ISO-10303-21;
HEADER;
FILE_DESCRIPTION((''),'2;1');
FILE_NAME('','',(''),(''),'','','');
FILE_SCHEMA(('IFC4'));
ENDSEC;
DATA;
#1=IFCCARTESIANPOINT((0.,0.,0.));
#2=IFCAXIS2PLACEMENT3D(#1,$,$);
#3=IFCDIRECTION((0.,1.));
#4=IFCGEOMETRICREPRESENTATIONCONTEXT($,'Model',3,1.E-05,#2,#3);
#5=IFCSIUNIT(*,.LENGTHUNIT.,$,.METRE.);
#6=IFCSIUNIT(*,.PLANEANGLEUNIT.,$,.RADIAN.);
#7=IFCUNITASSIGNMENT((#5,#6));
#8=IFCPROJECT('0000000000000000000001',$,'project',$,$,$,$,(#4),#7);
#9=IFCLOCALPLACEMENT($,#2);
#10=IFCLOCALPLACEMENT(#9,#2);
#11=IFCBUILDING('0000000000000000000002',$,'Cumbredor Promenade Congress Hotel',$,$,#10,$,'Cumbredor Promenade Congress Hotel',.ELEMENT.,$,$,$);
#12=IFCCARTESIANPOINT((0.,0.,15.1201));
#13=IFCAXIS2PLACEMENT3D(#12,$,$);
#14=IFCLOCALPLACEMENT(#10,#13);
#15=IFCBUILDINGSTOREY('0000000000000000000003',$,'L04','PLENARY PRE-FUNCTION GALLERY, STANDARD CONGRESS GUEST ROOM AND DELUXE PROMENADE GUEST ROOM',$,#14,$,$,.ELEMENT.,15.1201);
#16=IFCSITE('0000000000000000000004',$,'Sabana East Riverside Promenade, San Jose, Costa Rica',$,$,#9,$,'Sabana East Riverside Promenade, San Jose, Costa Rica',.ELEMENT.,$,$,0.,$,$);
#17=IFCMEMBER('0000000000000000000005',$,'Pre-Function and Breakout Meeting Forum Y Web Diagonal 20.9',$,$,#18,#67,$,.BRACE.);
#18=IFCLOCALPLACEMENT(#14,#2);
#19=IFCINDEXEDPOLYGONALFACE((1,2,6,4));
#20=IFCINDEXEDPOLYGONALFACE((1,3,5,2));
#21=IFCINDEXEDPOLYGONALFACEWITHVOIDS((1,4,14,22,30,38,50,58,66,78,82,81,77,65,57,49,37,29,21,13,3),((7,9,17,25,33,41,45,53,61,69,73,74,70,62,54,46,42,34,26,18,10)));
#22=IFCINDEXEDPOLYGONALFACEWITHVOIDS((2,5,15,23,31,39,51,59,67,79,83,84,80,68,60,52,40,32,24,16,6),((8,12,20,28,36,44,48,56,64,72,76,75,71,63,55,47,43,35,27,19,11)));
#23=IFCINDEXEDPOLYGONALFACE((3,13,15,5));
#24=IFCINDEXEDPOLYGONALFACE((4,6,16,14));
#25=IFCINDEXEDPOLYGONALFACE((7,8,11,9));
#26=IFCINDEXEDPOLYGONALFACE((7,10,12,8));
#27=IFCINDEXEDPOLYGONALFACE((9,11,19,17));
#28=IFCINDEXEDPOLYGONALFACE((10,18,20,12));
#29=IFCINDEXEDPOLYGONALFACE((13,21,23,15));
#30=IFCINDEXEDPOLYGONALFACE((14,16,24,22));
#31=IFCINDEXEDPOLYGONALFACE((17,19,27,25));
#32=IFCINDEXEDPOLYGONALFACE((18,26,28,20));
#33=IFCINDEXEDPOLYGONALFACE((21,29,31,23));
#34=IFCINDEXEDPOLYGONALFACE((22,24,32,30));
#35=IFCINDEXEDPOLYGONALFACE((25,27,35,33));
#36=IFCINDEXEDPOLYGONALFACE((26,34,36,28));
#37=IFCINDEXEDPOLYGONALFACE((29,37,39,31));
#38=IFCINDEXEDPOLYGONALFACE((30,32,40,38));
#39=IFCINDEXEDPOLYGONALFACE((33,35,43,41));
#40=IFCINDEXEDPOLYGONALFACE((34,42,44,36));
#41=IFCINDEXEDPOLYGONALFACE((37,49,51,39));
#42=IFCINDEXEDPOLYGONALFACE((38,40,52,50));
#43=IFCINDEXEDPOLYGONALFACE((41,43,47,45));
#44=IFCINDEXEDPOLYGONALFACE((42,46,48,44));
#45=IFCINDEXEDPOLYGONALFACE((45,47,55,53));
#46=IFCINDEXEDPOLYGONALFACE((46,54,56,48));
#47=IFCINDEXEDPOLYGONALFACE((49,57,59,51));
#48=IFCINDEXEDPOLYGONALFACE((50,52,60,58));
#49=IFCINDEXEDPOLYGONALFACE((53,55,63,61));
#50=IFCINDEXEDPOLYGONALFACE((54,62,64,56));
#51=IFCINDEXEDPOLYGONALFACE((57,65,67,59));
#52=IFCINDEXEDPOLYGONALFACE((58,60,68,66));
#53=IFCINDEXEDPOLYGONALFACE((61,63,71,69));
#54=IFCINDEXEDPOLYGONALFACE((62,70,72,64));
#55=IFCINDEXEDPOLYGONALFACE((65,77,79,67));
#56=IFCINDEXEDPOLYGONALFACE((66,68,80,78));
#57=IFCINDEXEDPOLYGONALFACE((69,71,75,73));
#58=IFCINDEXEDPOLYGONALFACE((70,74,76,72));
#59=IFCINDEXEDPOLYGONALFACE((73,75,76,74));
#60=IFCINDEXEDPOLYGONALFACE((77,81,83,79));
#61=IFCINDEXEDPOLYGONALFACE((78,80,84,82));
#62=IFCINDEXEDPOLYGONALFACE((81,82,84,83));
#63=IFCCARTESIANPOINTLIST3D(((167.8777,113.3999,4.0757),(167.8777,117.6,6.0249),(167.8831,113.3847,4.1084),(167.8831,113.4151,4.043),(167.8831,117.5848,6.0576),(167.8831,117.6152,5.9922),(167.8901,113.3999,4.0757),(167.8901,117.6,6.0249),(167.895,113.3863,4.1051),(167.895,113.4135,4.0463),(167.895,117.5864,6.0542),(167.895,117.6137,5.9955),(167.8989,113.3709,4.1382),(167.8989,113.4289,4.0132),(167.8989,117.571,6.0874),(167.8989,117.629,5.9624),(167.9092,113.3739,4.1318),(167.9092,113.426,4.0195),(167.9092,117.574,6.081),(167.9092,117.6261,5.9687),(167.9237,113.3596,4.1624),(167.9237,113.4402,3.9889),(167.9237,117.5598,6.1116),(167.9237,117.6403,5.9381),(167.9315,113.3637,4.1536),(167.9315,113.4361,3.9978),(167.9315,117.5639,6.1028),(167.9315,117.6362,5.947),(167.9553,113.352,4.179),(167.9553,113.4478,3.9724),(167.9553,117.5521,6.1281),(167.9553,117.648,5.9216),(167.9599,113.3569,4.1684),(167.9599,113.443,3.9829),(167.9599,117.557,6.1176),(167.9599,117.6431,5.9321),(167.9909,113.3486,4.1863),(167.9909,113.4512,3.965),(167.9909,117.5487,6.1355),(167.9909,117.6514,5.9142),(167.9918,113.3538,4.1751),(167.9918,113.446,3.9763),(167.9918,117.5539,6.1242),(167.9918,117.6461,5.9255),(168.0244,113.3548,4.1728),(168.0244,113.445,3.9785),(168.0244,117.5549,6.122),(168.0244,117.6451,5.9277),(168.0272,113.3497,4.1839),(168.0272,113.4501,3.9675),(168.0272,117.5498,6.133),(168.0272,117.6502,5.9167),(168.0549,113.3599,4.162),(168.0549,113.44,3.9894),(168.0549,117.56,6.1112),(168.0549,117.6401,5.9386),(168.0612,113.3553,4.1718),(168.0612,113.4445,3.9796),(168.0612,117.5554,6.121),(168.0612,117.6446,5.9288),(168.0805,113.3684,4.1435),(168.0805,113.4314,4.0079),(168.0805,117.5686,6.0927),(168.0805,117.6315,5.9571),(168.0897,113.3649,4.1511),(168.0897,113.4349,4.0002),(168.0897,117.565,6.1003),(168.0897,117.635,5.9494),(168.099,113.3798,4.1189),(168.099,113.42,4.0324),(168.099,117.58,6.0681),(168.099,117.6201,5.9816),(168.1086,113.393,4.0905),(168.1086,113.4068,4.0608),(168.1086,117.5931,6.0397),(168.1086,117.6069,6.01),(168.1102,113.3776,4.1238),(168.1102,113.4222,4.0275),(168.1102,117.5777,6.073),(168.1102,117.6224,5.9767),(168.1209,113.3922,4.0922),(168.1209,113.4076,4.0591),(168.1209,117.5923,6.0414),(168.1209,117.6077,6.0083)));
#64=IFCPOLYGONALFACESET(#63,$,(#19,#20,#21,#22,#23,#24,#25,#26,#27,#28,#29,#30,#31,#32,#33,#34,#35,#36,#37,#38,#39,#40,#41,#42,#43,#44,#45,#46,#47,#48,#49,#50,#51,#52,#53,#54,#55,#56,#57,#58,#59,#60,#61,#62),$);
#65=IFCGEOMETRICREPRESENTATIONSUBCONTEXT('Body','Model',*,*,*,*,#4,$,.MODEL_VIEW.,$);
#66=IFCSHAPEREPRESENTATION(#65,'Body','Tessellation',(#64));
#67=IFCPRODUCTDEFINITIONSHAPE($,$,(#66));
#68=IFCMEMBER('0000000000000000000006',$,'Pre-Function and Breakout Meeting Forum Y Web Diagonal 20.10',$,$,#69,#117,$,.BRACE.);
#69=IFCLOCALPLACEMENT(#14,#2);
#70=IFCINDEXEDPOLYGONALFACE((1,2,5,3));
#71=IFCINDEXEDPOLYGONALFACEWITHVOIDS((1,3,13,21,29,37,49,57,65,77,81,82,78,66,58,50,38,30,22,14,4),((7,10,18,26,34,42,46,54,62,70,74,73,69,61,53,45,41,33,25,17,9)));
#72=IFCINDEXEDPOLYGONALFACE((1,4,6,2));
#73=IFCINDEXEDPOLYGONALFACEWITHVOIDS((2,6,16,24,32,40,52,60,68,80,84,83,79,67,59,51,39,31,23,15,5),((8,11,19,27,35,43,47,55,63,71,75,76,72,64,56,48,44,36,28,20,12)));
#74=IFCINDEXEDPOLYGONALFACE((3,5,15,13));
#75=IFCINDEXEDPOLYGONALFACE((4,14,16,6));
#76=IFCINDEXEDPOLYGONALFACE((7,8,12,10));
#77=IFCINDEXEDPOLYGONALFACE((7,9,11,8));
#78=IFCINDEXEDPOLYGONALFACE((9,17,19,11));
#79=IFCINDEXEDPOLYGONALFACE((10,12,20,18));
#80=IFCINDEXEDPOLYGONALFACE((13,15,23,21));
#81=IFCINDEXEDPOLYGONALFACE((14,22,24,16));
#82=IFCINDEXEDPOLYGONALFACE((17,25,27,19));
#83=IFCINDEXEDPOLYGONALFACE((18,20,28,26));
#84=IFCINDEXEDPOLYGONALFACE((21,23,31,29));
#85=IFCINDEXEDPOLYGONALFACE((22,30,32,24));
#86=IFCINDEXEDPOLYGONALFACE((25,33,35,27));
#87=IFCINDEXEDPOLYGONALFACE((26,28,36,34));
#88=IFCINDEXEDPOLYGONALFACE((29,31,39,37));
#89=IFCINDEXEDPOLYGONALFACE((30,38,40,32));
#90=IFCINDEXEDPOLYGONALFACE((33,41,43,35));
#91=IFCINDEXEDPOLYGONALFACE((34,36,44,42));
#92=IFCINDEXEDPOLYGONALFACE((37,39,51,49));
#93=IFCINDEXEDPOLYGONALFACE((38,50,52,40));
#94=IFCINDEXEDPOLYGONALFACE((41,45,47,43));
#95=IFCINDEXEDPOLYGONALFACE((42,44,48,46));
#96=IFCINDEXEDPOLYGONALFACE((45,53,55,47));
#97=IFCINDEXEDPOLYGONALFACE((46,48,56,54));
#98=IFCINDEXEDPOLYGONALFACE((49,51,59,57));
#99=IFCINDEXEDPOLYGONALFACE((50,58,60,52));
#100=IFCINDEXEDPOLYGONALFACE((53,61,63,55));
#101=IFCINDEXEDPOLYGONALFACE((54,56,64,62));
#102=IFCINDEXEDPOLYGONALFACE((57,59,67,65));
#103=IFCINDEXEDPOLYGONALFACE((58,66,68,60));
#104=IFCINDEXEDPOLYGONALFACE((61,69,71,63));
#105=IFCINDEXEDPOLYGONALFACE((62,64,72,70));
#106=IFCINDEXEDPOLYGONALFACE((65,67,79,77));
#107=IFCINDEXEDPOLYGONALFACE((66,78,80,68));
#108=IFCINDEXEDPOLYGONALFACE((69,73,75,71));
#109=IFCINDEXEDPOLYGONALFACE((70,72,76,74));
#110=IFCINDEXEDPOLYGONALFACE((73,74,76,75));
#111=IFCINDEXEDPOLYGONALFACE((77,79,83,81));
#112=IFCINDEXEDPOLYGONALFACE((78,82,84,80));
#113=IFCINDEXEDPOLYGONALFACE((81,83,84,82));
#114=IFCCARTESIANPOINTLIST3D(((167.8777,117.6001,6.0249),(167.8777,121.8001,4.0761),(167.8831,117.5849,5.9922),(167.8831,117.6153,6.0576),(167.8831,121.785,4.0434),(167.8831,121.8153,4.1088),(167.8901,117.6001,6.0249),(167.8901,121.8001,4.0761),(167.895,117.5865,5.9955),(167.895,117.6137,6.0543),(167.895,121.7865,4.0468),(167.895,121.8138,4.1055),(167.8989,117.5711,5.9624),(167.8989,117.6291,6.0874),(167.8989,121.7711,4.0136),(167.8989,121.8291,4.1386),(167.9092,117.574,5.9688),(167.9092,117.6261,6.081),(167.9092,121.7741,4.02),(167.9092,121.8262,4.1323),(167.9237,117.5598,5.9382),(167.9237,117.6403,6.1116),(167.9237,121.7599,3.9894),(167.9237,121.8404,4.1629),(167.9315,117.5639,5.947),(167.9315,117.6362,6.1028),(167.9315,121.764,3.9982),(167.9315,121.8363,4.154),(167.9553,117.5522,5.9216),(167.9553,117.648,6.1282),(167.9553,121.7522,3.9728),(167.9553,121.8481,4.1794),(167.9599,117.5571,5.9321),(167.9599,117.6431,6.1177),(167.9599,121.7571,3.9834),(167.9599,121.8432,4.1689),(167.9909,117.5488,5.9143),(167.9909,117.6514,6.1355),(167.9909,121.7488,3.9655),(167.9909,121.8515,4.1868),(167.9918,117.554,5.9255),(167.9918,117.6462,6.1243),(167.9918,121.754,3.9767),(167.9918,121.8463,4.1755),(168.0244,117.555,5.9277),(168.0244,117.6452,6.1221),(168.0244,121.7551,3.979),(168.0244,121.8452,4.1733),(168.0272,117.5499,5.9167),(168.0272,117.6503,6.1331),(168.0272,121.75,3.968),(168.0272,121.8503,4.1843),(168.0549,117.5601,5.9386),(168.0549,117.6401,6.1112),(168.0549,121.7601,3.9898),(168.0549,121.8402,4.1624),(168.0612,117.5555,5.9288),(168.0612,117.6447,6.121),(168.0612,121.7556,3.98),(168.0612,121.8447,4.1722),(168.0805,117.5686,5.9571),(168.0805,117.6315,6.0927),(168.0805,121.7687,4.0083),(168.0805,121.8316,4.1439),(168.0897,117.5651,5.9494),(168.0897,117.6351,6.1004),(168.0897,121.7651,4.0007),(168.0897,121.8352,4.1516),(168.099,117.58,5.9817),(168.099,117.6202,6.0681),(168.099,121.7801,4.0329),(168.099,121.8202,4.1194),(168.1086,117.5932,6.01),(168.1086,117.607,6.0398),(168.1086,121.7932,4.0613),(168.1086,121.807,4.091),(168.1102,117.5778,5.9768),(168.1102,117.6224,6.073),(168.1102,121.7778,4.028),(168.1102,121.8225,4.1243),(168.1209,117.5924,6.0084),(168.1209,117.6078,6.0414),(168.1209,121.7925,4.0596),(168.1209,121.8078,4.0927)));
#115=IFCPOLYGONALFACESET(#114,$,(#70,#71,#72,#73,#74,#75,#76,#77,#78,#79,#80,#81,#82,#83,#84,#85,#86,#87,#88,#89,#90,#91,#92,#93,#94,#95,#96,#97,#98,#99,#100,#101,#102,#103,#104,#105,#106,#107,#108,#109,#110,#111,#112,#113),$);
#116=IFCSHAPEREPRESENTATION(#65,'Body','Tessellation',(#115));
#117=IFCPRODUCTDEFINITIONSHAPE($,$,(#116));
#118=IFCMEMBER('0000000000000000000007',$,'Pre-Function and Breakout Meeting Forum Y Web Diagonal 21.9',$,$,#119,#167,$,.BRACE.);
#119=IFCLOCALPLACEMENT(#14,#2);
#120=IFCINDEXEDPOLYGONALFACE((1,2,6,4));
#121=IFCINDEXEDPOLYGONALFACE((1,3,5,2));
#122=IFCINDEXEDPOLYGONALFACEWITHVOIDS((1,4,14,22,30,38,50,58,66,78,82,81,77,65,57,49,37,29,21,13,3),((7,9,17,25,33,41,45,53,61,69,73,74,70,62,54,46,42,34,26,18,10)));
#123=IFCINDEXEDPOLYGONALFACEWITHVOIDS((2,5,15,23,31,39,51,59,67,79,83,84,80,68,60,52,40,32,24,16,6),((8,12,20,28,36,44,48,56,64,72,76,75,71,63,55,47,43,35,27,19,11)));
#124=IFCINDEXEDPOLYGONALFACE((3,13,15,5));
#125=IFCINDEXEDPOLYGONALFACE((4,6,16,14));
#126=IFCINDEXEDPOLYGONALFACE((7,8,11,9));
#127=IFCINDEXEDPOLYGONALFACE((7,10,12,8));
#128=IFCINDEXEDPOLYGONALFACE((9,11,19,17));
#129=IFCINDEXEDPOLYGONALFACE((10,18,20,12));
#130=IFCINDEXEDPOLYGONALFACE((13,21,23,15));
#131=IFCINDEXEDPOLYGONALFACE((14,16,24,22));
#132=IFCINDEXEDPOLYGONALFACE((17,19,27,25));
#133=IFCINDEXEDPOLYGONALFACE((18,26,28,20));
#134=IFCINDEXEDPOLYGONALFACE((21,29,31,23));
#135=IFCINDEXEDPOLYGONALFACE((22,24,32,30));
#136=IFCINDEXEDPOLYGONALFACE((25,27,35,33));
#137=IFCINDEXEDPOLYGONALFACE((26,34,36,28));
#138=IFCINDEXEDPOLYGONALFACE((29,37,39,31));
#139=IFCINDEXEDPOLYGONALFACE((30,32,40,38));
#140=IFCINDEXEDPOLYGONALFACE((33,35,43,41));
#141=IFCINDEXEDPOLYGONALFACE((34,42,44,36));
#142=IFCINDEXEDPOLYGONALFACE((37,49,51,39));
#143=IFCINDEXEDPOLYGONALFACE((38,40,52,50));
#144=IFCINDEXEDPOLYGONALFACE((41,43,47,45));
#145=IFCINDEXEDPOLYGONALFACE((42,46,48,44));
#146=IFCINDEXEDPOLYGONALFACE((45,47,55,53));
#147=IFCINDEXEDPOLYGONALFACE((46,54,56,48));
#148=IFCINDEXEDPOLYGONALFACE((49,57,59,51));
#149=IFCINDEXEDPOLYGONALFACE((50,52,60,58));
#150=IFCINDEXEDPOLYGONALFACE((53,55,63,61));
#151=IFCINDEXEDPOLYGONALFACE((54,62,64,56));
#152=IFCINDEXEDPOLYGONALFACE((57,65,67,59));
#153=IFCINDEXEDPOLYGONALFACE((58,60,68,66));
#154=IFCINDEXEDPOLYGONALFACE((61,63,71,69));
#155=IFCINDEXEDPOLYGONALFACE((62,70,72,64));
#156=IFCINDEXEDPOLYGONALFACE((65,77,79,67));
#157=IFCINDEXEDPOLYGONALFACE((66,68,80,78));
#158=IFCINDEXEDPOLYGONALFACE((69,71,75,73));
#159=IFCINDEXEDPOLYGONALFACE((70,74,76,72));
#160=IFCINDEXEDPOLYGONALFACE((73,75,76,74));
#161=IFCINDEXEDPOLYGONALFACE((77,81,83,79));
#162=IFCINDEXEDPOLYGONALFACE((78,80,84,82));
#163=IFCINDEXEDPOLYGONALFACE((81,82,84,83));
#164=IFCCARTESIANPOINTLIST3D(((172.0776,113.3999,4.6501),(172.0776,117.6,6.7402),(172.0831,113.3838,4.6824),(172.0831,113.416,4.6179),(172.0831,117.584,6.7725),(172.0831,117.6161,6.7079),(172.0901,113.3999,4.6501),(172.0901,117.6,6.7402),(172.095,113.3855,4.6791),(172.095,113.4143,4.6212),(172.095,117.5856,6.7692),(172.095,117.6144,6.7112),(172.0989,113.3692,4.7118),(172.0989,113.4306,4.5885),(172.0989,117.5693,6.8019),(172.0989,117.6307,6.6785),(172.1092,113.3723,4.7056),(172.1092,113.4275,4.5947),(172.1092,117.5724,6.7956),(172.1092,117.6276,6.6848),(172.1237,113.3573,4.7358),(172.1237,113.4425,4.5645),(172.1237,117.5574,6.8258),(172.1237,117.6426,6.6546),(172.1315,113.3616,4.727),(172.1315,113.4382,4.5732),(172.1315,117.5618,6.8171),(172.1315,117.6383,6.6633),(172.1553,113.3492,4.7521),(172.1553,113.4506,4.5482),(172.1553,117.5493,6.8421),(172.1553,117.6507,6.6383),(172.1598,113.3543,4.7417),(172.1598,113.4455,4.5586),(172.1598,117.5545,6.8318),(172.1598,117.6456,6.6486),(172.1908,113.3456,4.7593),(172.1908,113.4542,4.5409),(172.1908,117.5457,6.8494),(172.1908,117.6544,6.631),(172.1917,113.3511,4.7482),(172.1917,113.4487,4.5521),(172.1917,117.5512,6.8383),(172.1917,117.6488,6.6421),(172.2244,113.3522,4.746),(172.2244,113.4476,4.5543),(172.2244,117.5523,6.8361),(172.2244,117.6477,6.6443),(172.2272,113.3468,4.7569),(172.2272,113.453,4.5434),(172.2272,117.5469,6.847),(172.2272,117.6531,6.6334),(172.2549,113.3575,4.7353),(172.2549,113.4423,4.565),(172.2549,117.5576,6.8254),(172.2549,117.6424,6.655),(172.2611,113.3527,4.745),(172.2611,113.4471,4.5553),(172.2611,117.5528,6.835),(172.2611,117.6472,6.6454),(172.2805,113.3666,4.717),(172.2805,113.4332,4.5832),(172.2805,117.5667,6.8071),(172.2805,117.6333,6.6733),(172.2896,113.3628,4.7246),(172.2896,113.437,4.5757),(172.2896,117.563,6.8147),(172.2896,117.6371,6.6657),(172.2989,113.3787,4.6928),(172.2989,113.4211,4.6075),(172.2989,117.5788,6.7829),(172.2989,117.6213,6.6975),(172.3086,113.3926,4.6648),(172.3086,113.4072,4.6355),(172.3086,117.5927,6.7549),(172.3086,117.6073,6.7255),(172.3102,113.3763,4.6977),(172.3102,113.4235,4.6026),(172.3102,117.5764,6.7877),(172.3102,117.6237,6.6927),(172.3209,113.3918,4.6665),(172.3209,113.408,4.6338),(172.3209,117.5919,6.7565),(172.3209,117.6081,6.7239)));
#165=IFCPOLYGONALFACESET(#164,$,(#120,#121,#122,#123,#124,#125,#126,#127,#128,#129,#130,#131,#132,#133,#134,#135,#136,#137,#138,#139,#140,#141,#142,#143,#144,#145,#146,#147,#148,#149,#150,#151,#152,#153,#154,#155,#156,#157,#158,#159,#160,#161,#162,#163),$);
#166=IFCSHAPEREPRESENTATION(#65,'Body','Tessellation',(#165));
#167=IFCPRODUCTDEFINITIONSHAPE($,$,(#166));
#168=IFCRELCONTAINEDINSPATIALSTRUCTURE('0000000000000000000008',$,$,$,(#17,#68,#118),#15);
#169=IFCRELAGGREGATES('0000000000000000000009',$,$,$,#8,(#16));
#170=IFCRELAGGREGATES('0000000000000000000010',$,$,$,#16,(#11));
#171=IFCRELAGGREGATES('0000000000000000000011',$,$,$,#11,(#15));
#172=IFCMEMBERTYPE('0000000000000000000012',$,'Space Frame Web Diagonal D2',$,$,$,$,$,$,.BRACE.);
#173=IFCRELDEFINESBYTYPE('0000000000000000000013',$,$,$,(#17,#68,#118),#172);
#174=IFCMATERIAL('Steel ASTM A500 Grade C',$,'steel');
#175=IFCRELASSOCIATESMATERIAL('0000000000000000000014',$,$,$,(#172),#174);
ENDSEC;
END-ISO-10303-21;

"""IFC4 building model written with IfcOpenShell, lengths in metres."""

from ifc_helpers import new_model, si_unit, direction, frame, origin, origin_2d, place, context, subcontext, project, spatial, hollow_circle, extrude, material, material_profile, profile_set, type_object, element, save


model = new_model("IFC4")

# Units and contexts
model_context = context("Model", 3, precision=1e-05, world=origin(), true_north=direction((0.0, 1.0)))
body_context = subcontext(model_context, "Body", "Model", "MODEL_VIEW")
ifc_project = project(units=[si_unit("LENGTHUNIT", "METRE"), si_unit("PLANEANGLEUNIT", "RADIAN")], contexts=[model_context])

# Site, building, storey
site_placement = place(None, origin())
site = spatial("IfcSite", under=ifc_project, at=site_placement, Name="Sabana East Riverside Promenade, San Jose, Costa Rica", LongName="Sabana East Riverside Promenade, San Jose, Costa Rica", CompositionType="ELEMENT", RefElevation=0.0)
building_placement = place(site_placement, origin())
building = spatial("IfcBuilding", under=site, at=building_placement, Name="Cumbredor Promenade Congress Hotel", LongName="Cumbredor Promenade Congress Hotel", CompositionType="ELEMENT")
storey_placement = place(building_placement, frame((0.0, 0.0, 15.1201)))
storey = spatial("IfcBuildingStorey", under=building, at=storey_placement, Name="L04", Description="PLENARY PRE-FUNCTION GALLERY, STANDARD CONGRESS GUEST ROOM AND DELUXE PROMENADE GUEST ROOM", CompositionType="ELEMENT", Elevation=15.1201)

# Members
ifc_material_1 = material(Name="Steel ASTM A500 Grade C", Category="steel")
ifc_material_profile_1 = material_profile(ifc_material_1, hollow_circle(Radius=0.1223, WallThickness=0.0125, at=origin_2d()), Name="CHS 244.5x12.5")
ifc_profile_set_1 = profile_set([ifc_material_profile_1], Name="Steel ASTM A500 Grade C")
member_type_1 = type_object("IfcMemberType", Name="Space Frame Web Diagonal D2", PredefinedType="BRACE", material=ifc_profile_set_1)
member_1_placement = place(storey_placement, frame((168.0, 113.3999, 4.0757), z_axis=(0.0, 0.907081, 0.420956), x_axis=(-1.0, 0.0, 0.0)))
element("IfcMember", 1, at=member_1_placement, inside=storey, type_object=member_type_1, Name="Pre-Function and Breakout Meeting Forum Y Web Diagonal 20.9", PredefinedType="BRACE", context=body_context, shape_type="SweptSolid", body=[
    extrude(hollow_circle(Radius=0.1223, WallThickness=0.0125, at=origin_2d()), origin(), (0.0, 0.0, 1.0), 4.6304),
])
member_2_placement = place(storey_placement, frame((168.0, 117.6001, 6.0249), z_axis=(0.0, 0.907112, -0.42089), x_axis=(-1.0, 0.0, 0.0)))
element("IfcMember", 2, at=member_2_placement, inside=storey, type_object=member_type_1, Name="Pre-Function and Breakout Meeting Forum Y Web Diagonal 20.10", PredefinedType="BRACE", context=body_context, shape_type="SweptSolid", body=[
    extrude(hollow_circle(Radius=0.1223, WallThickness=0.0125, at=origin_2d()), origin(), (0.0, 0.0, 1.0), 4.6301),
])
member_3_placement = place(storey_placement, frame((172.2, 113.3999, 4.6501), z_axis=(0.0, 0.895279, 0.445506), x_axis=(-1.0, 0.0, 0.0)))
element("IfcMember", 3, at=member_3_placement, inside=storey, type_object=member_type_1, Name="Pre-Function and Breakout Meeting Forum Y Web Diagonal 21.9", PredefinedType="BRACE", context=body_context, shape_type="SweptSolid", body=[
    extrude(hollow_circle(Radius=0.1223, WallThickness=0.0125, at=origin_2d()), origin(), (0.0, 0.0, 1.0), 4.6914),
])

save(model, "model.ifc")
